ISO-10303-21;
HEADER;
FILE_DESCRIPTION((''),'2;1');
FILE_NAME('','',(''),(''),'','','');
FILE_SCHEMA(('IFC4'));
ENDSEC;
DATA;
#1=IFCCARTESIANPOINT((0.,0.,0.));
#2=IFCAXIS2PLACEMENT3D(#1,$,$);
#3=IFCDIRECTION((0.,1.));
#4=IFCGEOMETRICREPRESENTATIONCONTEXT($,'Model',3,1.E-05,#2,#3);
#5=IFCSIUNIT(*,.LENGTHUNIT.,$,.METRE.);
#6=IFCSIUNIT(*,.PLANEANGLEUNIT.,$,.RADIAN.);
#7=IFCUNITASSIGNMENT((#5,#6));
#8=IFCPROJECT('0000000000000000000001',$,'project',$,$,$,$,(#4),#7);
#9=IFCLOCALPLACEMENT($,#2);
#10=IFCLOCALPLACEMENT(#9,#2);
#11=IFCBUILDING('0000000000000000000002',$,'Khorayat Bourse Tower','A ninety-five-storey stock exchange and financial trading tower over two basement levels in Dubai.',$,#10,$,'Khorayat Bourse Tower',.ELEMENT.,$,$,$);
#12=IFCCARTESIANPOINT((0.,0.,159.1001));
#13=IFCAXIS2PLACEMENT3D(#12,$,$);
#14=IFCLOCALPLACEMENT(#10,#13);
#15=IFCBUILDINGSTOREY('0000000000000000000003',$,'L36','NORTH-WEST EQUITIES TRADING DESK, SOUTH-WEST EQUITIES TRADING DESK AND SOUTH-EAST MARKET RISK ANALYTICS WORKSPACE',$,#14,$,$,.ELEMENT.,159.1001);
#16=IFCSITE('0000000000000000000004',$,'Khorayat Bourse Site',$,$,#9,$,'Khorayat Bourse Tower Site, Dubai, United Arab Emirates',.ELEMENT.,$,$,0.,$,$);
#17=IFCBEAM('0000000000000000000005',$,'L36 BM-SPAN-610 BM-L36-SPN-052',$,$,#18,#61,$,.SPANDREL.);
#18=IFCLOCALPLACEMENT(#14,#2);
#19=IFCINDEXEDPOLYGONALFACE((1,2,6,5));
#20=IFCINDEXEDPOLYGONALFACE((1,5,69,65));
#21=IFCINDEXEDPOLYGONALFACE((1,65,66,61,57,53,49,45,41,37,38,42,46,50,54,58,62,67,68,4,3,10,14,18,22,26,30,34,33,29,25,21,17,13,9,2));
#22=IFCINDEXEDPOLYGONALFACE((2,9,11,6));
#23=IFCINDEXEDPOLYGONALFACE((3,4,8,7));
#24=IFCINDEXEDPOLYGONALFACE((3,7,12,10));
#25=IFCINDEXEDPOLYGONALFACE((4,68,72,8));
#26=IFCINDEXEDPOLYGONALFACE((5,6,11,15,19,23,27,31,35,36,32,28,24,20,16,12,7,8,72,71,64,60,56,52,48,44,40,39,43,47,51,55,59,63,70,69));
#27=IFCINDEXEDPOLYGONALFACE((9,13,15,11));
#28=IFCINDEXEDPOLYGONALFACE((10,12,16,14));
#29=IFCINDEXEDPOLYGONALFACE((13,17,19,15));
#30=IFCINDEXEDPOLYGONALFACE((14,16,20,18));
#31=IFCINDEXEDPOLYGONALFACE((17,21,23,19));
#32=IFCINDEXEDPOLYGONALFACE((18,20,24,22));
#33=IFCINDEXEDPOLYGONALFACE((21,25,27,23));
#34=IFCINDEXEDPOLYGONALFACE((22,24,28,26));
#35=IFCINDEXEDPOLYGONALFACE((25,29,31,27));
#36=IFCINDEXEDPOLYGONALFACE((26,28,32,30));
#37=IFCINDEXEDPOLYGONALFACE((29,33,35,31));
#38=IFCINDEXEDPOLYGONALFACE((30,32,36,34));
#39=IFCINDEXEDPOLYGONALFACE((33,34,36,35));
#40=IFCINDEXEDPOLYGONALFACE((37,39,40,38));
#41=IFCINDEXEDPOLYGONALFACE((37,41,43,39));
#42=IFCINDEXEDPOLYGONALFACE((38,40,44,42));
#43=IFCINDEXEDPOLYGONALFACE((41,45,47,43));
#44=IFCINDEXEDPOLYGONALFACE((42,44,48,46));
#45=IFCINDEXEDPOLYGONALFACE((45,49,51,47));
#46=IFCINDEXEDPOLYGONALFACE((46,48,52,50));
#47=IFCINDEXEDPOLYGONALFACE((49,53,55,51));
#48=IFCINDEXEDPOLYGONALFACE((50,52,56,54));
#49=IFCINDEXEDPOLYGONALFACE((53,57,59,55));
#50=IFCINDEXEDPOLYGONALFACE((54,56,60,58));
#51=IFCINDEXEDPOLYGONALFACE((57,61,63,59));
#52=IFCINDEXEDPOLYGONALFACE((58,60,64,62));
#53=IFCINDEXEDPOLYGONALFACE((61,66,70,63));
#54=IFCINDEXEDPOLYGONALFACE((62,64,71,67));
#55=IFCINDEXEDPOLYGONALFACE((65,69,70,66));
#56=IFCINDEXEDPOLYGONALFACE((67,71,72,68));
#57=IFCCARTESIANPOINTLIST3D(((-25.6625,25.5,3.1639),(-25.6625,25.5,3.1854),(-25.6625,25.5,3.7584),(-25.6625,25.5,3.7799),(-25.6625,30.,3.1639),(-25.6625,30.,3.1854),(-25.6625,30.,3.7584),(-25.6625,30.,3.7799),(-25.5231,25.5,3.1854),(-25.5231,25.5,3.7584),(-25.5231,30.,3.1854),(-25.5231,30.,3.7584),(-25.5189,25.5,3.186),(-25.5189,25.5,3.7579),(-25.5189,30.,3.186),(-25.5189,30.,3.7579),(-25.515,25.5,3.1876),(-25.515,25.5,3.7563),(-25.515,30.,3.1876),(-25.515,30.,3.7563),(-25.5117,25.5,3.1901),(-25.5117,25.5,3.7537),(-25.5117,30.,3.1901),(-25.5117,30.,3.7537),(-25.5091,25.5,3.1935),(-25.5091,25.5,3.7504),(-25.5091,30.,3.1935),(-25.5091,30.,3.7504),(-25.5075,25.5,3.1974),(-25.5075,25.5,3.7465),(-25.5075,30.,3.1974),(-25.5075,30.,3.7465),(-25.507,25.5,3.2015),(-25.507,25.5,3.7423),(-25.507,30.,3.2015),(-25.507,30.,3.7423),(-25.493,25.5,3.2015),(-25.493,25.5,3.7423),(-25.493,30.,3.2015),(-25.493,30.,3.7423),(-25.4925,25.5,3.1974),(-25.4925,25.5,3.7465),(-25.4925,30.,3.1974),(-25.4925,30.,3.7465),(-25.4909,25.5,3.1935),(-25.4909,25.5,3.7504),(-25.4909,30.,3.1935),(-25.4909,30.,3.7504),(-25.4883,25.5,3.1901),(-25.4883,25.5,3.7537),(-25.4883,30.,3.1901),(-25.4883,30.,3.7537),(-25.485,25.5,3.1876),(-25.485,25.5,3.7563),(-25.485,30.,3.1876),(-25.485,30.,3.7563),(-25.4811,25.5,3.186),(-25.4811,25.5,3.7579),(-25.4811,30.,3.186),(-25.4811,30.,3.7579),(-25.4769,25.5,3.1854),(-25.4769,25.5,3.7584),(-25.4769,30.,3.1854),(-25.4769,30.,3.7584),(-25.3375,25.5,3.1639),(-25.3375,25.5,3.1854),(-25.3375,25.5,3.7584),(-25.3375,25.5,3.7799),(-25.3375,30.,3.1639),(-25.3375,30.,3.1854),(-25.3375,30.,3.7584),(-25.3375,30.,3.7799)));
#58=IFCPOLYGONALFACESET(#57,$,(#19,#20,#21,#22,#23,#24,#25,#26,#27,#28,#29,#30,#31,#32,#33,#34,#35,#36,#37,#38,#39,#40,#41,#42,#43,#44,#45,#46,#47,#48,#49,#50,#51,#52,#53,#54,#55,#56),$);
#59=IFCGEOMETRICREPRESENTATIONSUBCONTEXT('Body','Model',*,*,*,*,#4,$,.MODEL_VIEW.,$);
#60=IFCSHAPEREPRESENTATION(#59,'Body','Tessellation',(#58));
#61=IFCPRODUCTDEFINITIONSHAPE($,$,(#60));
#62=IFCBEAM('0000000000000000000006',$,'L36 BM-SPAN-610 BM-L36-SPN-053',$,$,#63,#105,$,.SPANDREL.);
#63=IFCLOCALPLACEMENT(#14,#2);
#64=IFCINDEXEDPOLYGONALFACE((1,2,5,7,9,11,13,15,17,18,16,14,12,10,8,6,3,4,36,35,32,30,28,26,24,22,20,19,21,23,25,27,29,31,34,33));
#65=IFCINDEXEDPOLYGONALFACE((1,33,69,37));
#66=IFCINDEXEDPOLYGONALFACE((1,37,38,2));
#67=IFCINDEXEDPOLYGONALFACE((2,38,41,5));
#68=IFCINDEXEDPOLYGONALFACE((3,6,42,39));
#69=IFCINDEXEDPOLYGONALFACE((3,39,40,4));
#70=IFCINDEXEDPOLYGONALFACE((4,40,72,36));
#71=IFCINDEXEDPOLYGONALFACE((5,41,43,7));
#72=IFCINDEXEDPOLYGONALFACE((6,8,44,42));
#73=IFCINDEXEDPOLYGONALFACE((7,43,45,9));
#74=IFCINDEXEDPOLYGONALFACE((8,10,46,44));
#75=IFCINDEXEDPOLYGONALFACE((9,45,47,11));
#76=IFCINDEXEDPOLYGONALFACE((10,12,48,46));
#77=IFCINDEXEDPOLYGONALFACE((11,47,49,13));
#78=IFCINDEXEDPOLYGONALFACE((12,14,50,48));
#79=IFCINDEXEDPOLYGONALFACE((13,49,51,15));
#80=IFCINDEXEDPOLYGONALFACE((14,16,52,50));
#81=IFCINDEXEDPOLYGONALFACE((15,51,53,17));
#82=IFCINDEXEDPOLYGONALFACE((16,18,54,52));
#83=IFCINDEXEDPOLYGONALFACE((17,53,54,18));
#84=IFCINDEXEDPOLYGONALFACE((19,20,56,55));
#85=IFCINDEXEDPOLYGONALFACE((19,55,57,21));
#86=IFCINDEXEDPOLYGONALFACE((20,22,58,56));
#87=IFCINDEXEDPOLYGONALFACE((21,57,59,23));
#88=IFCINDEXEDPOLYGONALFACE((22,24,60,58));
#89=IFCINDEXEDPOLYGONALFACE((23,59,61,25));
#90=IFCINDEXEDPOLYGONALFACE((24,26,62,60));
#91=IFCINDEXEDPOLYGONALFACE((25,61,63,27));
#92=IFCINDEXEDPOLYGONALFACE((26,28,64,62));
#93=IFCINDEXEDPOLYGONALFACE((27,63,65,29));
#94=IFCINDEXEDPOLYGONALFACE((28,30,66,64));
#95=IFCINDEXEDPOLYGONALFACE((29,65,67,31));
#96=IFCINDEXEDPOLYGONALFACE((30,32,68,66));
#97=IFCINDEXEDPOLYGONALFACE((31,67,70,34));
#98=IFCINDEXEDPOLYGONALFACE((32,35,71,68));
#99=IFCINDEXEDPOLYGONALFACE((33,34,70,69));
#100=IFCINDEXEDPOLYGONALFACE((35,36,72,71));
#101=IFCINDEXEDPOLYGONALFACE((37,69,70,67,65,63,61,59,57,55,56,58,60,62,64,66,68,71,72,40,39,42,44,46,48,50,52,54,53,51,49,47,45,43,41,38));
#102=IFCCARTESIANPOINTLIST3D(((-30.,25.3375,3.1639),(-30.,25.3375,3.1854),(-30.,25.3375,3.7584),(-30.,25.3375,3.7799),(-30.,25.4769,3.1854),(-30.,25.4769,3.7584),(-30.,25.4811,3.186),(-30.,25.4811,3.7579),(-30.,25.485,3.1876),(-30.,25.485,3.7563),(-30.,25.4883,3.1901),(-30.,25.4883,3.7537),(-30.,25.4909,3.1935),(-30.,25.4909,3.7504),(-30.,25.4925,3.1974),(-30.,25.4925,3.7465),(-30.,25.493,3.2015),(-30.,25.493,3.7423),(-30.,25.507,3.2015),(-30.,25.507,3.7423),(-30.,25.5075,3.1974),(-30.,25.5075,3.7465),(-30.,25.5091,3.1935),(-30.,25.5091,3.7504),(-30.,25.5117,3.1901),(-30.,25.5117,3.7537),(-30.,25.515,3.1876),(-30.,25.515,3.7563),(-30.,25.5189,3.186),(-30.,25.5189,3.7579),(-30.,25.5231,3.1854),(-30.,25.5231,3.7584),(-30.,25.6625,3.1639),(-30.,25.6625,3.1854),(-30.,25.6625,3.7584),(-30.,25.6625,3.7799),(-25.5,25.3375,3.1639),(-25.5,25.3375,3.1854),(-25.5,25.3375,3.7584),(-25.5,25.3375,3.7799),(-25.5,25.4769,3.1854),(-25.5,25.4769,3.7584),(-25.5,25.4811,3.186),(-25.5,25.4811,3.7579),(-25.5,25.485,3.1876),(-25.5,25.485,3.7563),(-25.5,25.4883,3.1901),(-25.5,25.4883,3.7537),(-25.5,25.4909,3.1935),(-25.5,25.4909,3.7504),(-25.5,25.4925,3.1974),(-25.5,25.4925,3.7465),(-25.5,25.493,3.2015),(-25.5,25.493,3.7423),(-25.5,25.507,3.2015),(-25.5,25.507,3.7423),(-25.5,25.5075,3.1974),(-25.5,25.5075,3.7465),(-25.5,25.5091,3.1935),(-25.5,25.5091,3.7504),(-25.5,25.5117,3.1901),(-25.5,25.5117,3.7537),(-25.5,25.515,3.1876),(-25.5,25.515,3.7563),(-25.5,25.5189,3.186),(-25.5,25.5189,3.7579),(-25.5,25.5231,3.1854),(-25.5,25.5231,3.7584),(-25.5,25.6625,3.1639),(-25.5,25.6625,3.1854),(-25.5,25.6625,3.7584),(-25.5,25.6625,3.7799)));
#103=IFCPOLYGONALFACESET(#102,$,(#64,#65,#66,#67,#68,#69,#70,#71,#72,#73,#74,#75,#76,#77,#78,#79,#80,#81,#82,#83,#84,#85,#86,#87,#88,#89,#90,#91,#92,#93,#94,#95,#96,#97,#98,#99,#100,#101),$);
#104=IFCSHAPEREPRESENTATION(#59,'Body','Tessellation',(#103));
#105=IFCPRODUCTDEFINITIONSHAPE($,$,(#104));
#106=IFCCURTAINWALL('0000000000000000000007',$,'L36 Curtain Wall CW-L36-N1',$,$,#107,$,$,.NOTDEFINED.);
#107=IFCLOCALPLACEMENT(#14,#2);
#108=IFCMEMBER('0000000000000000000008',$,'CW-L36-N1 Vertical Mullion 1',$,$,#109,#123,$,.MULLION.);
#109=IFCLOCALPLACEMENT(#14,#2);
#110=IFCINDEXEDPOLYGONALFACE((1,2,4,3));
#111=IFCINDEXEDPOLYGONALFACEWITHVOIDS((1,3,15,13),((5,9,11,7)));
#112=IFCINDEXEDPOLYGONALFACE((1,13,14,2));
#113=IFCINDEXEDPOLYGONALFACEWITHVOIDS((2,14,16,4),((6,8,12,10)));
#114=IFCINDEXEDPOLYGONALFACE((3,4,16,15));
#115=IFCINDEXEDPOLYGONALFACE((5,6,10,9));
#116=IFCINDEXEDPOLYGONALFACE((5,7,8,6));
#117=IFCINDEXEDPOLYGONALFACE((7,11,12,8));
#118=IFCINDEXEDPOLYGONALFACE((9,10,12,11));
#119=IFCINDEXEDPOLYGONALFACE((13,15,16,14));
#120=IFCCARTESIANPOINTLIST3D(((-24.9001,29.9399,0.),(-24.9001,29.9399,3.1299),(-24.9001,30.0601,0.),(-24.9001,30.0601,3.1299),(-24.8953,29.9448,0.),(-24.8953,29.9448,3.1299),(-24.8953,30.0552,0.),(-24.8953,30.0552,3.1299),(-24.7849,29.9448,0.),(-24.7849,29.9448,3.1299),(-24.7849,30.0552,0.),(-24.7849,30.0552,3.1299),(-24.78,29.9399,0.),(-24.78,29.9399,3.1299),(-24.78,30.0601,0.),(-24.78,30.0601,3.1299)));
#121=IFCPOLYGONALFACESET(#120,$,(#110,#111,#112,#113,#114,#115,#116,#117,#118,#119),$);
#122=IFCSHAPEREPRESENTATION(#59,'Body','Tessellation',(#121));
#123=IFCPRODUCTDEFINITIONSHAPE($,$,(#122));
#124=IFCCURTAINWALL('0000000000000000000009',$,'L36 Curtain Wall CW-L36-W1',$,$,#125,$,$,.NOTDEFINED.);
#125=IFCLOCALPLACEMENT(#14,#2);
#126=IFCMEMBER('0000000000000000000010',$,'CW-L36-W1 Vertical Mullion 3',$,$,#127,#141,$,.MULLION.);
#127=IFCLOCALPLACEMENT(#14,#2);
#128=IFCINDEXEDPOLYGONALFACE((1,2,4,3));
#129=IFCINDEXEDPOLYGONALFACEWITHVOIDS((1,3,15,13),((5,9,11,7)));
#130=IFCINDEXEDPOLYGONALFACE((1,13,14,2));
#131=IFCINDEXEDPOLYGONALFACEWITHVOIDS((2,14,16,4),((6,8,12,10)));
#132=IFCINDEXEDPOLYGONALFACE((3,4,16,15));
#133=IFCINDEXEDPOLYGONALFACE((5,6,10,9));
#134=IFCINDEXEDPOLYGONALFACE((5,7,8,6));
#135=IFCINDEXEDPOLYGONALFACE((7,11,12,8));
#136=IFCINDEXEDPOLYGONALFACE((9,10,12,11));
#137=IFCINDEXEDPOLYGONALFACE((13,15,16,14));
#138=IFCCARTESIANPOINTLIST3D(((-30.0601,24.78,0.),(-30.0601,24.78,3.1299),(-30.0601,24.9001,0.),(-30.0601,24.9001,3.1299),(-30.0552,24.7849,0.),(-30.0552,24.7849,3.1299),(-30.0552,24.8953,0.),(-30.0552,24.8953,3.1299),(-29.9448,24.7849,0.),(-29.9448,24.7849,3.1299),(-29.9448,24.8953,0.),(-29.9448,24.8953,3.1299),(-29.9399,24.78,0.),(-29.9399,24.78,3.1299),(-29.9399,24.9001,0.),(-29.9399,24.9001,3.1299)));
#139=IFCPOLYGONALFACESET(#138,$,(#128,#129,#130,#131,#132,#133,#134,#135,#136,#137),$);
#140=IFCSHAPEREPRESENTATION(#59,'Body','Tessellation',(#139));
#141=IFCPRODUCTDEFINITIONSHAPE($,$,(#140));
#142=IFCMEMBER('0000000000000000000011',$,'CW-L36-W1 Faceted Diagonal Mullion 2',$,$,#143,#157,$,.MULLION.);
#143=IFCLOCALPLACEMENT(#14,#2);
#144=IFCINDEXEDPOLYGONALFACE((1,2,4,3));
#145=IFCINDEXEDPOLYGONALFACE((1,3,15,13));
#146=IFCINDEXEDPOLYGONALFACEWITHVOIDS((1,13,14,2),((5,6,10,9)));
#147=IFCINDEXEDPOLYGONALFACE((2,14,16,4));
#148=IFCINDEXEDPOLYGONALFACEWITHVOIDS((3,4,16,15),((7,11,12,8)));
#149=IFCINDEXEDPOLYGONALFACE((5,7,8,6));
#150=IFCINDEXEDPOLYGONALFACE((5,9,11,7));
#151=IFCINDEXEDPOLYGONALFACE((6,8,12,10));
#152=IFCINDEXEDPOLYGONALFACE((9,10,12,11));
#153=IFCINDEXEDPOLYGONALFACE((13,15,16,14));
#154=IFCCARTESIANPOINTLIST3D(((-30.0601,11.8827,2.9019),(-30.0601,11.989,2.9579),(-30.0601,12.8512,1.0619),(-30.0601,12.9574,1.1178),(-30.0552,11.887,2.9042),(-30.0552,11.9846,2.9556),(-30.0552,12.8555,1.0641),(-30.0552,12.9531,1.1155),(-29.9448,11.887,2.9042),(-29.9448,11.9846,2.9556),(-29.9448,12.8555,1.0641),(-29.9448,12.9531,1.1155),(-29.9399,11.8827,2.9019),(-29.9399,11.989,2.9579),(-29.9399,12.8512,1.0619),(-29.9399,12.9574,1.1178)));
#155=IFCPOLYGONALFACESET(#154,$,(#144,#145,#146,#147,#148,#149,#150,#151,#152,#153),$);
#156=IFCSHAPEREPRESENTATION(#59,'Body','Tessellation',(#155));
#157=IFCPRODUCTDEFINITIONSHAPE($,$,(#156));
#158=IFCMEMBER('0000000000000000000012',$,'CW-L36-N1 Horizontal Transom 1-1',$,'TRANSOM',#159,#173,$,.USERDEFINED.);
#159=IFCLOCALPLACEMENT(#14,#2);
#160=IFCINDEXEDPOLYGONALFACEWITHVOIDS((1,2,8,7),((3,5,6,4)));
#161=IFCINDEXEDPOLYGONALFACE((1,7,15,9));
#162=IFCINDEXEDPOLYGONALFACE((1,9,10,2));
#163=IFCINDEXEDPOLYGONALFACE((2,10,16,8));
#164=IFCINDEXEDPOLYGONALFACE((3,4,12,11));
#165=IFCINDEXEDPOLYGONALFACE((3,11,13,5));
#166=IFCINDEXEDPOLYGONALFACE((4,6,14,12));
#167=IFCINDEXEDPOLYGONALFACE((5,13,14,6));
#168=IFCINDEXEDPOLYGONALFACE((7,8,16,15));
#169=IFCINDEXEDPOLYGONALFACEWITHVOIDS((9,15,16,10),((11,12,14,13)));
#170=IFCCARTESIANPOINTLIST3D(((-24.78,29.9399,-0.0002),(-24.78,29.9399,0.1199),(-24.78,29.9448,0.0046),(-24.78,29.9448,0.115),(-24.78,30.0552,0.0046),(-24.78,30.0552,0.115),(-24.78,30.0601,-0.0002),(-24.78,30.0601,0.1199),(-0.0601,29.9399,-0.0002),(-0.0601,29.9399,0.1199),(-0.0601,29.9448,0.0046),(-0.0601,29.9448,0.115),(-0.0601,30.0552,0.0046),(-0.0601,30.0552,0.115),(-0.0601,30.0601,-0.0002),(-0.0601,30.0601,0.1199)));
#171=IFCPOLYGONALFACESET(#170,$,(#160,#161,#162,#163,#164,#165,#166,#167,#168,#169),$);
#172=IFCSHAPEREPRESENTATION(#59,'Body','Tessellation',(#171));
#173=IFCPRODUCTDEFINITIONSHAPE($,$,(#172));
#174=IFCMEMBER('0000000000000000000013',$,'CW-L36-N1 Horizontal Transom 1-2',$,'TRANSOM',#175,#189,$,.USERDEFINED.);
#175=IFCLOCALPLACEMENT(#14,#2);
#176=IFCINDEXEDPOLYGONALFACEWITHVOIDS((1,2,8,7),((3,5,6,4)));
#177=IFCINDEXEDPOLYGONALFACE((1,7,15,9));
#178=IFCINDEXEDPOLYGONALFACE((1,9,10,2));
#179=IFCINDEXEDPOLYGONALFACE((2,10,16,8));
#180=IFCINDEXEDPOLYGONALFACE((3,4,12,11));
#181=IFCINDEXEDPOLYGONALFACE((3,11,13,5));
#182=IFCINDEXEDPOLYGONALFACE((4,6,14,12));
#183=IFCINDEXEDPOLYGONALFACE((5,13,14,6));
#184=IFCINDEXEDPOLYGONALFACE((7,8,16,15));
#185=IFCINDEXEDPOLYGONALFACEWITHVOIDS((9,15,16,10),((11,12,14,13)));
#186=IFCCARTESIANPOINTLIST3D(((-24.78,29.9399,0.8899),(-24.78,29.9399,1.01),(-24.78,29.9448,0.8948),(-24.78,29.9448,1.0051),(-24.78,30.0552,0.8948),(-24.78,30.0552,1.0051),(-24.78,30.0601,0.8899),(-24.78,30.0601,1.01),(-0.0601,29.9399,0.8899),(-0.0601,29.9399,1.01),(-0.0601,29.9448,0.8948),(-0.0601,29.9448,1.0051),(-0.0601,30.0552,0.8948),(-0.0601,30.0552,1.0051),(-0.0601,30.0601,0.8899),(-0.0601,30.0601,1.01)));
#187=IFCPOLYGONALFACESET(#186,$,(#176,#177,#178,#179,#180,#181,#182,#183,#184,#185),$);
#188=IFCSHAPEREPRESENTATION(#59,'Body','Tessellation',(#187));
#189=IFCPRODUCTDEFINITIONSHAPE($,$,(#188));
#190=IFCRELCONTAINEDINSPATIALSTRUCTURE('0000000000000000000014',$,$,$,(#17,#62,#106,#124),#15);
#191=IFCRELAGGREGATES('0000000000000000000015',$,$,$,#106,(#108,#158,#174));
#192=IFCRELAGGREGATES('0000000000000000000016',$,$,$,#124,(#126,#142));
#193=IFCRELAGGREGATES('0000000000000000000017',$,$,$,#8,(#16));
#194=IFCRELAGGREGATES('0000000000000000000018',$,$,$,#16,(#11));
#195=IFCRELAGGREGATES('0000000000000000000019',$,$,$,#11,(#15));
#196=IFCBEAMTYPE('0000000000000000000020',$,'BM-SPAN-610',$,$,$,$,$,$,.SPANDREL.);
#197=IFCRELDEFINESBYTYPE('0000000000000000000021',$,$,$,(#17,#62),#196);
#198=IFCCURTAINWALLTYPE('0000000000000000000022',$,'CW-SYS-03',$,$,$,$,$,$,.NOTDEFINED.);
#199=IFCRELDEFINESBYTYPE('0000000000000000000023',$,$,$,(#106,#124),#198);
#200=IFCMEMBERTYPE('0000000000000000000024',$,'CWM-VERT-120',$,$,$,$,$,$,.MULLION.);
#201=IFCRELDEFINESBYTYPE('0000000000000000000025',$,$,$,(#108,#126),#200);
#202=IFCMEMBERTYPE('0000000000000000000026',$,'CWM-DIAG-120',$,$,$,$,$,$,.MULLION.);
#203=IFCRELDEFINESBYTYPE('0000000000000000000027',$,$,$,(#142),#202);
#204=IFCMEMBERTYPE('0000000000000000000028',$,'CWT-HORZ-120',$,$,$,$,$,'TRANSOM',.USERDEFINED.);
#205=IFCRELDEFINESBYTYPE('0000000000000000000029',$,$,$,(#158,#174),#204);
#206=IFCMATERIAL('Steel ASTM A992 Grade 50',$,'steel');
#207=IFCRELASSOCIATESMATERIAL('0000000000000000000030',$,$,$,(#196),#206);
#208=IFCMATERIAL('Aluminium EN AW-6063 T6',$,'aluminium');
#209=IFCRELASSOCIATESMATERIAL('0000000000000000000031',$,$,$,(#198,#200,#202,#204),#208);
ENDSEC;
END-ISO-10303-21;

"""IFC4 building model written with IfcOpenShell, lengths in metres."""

from ifc_helpers import new_model, si_unit, direction, frame, origin, origin_2d, place, context, subcontext, project, spatial, hollow_rectangle, i_section, extrude, source, transform, mapped, material, material_profile, profile_set, type_object, element, aggregate, save


model = new_model("IFC4")

# Units and contexts
model_context = context("Model", 3, precision=1e-05, world=origin(), true_north=direction((0.0, 1.0)))
body_context = subcontext(model_context, "Body", "Model", "MODEL_VIEW")
ifc_project = project(units=[si_unit("LENGTHUNIT", "METRE"), si_unit("PLANEANGLEUNIT", "RADIAN")], contexts=[model_context])

# Site, building, storey
site_placement = place(None, origin())
site = spatial("IfcSite", under=ifc_project, at=site_placement, Name="Khorayat Bourse Site", LongName="Khorayat Bourse Tower Site, Dubai, United Arab Emirates", CompositionType="ELEMENT", RefElevation=0.0)
building_placement = place(site_placement, origin())
building = spatial("IfcBuilding", under=site, at=building_placement, Name="Khorayat Bourse Tower", Description="A ninety-five-storey stock exchange and financial trading tower over two basement levels in Dubai.", LongName="Khorayat Bourse Tower", CompositionType="ELEMENT")
storey_placement = place(building_placement, frame((0.0, 0.0, 159.1001)))
storey = spatial("IfcBuildingStorey", under=building, at=storey_placement, Name="L36", Description="NORTH-WEST EQUITIES TRADING DESK, SOUTH-WEST EQUITIES TRADING DESK AND SOUTH-EAST MARKET RISK ANALYTICS WORKSPACE", CompositionType="ELEMENT", Elevation=159.1001)

# Beams
ifc_material_1 = material(Name="Steel ASTM A992 Grade 50", Category="steel")
ifc_material_profile_1 = material_profile(ifc_material_1, i_section(OverallWidth=0.325, OverallDepth=0.616, WebThickness=0.0139, FlangeThickness=0.0215, FilletRadius=0.0161, at=origin_2d()), Name="W610X174")
ifc_profile_set_1 = profile_set([ifc_material_profile_1], Name="Steel ASTM A992 Grade 50")
beam_type_1 = type_object("IfcBeamType", Name="BM-SPAN-610", PredefinedType="SPANDREL", material=ifc_profile_set_1)
shared_shape_1 = source(origin(), body_context, "Body", "SweptSolid", [
    extrude(i_section(OverallWidth=0.325, OverallDepth=0.616, WebThickness=0.0139, FlangeThickness=0.0215, FilletRadius=0.0161, at=origin_2d()), origin(), (0.0, 0.0, 1.0), 4.5),
])
for number, where, z_axis, x_axis, name in (
    (1, (-25.5, 25.5, 3.4719), (0.0, 1.0, 0.0), (-1.0, 0.0, 0.0), "L36 BM-SPAN-610 BM-L36-SPN-052"),
    (2, (-30.0, 25.5, 3.4719), (1.0, 0.0, 0.0), (0.0, 1.0, 0.0), "L36 BM-SPAN-610 BM-L36-SPN-053"),
):
    element("IfcBeam", number, at=place(storey_placement, frame(where, z_axis=z_axis, x_axis=x_axis)), inside=storey, type_object=beam_type_1, Name=name, PredefinedType="SPANDREL", context=body_context, shape_type="MappedRepresentation", body=[
        mapped(shared_shape_1, transform((0.0, 0.0, 0.0), scale=1.0)),
    ])

# Curtain wall, member
ifc_material_2 = material(Name="Aluminium EN AW-6063 T6", Category="aluminium")
curtain_wall_type = type_object("IfcCurtainWallType", Name="CW-SYS-03", PredefinedType="NOTDEFINED", material=ifc_material_2)
curtain_wall_1_placement = place(storey_placement, origin())
curtain_wall_1 = element("IfcCurtainWall", 3, at=curtain_wall_1_placement, inside=storey, type_object=curtain_wall_type, Name="L36 Curtain Wall CW-L36-N1", PredefinedType="NOTDEFINED")
ifc_material_profile_2 = material_profile(ifc_material_2, hollow_rectangle(XDim=0.1201, YDim=0.1201, WallThickness=0.0049, at=origin_2d()), Name="ALU 120x120x5")
ifc_profile_set_2 = profile_set([ifc_material_profile_2], Name="Aluminium EN AW-6063 T6")
member_type_1 = type_object("IfcMemberType", Name="CWM-VERT-120", PredefinedType="MULLION", material=ifc_profile_set_2)
shared_shape_2 = source(origin(), body_context, "Body", "SweptSolid", [
    extrude(hollow_rectangle(XDim=0.1201, YDim=0.1201, WallThickness=0.0049, at=origin_2d()), origin(), (0.0, 0.0, 1.0), 3.1299),
])
member_1_placement = place(storey_placement, frame((-24.8401, 30.0, 0.0), z_axis=(0.0, 0.0, 1.0), x_axis=(0.0, 1.0, 0.0)))
member_1 = element("IfcMember", 4, at=member_1_placement, type_object=member_type_1, Name="CW-L36-N1 Vertical Mullion 1", PredefinedType="MULLION", context=body_context, shape_type="MappedRepresentation", body=[
    mapped(shared_shape_2, transform((0.0, 0.0, 0.0), scale=1.0)),
])

# Curtain wall, members
curtain_wall_2_placement = place(storey_placement, origin())
curtain_wall_2 = element("IfcCurtainWall", 5, at=curtain_wall_2_placement, inside=storey, type_object=curtain_wall_type, Name="L36 Curtain Wall CW-L36-W1", PredefinedType="NOTDEFINED")
member_2_placement = place(storey_placement, frame((-30.0, 24.8401, 0.0), z_axis=(0.0, 0.0, 1.0), x_axis=(-1.0, 0.0, 0.0)))
member_2 = element("IfcMember", 6, at=member_2_placement, type_object=member_type_1, Name="CW-L36-W1 Vertical Mullion 3", PredefinedType="MULLION", context=body_context, shape_type="MappedRepresentation", body=[
    mapped(shared_shape_2, transform((0.0, 0.0, 0.0), scale=1.0)),
])
ifc_material_profile_3 = material_profile(ifc_material_2, hollow_rectangle(XDim=0.1201, YDim=0.1201, WallThickness=0.0049, at=origin_2d()), Name="ALU 120x120x5")
ifc_profile_set_3 = profile_set([ifc_material_profile_3], Name="Aluminium EN AW-6063 T6")
member_type_2 = type_object("IfcMemberType", Name="CWM-DIAG-120", PredefinedType="MULLION", material=ifc_profile_set_3)
shared_shape_3 = source(origin(), body_context, "Body", "SweptSolid", [
    extrude(hollow_rectangle(XDim=0.1201, YDim=0.1201, WallThickness=0.0049, at=origin_2d()), origin(), (0.0, 0.0, 1.0), 2.0793),
])
member_3_placement = place(storey_placement, frame((-30.0, 12.9043, 1.0898), z_axis=(0.0, -0.465761, 0.884911), x_axis=(1.0, 0.0, 0.0)))
member_3 = element("IfcMember", 7, at=member_3_placement, type_object=member_type_2, Name="CW-L36-W1 Faceted Diagonal Mullion 2", PredefinedType="MULLION", context=body_context, shape_type="MappedRepresentation", body=[
    mapped(shared_shape_3, transform((0.0, 0.0, 0.0), scale=1.0)),
])

# Members
ifc_material_profile_4 = material_profile(ifc_material_2, hollow_rectangle(XDim=0.1201, YDim=0.1201, WallThickness=0.0049, at=origin_2d()), Name="ALU 120x120x5")
ifc_profile_set_4 = profile_set([ifc_material_profile_4], Name="Aluminium EN AW-6063 T6")
member_type_3 = type_object("IfcMemberType", Name="CWT-HORZ-120", ElementType="TRANSOM", PredefinedType="USERDEFINED", material=ifc_profile_set_4)
shared_shape_4 = source(origin(), body_context, "Body", "SweptSolid", [
    extrude(hollow_rectangle(XDim=0.1201, YDim=0.1201, WallThickness=0.0049, at=origin_2d()), origin(), (0.0, 0.0, 1.0), 24.72),
])
member_4_placement = place(storey_placement, frame((-24.78, 30.0, 0.0598), z_axis=(1.0, 0.0, 0.0), x_axis=(0.0, 1.0, 0.0)))
member_4 = element("IfcMember", 8, at=member_4_placement, type_object=member_type_3, Name="CW-L36-N1 Horizontal Transom 1-1", ObjectType="TRANSOM", PredefinedType="USERDEFINED", context=body_context, shape_type="MappedRepresentation", body=[
    mapped(shared_shape_4, transform((0.0, 0.0, 0.0), scale=1.0)),
])
member_5_placement = place(storey_placement, frame((-24.78, 30.0, 0.95), z_axis=(1.0, 0.0, 0.0), x_axis=(0.0, 1.0, 0.0)))
member_5 = element("IfcMember", 9, at=member_5_placement, type_object=member_type_3, Name="CW-L36-N1 Horizontal Transom 1-2", ObjectType="TRANSOM", PredefinedType="USERDEFINED", context=body_context, shape_type="MappedRepresentation", body=[
    mapped(shared_shape_4, transform((0.0, 0.0, 0.0), scale=1.0)),
])
aggregate(curtain_wall_1, [member_1, member_4, member_5])

aggregate(curtain_wall_2, [member_2, member_3])

save(model, "model.ifc")
